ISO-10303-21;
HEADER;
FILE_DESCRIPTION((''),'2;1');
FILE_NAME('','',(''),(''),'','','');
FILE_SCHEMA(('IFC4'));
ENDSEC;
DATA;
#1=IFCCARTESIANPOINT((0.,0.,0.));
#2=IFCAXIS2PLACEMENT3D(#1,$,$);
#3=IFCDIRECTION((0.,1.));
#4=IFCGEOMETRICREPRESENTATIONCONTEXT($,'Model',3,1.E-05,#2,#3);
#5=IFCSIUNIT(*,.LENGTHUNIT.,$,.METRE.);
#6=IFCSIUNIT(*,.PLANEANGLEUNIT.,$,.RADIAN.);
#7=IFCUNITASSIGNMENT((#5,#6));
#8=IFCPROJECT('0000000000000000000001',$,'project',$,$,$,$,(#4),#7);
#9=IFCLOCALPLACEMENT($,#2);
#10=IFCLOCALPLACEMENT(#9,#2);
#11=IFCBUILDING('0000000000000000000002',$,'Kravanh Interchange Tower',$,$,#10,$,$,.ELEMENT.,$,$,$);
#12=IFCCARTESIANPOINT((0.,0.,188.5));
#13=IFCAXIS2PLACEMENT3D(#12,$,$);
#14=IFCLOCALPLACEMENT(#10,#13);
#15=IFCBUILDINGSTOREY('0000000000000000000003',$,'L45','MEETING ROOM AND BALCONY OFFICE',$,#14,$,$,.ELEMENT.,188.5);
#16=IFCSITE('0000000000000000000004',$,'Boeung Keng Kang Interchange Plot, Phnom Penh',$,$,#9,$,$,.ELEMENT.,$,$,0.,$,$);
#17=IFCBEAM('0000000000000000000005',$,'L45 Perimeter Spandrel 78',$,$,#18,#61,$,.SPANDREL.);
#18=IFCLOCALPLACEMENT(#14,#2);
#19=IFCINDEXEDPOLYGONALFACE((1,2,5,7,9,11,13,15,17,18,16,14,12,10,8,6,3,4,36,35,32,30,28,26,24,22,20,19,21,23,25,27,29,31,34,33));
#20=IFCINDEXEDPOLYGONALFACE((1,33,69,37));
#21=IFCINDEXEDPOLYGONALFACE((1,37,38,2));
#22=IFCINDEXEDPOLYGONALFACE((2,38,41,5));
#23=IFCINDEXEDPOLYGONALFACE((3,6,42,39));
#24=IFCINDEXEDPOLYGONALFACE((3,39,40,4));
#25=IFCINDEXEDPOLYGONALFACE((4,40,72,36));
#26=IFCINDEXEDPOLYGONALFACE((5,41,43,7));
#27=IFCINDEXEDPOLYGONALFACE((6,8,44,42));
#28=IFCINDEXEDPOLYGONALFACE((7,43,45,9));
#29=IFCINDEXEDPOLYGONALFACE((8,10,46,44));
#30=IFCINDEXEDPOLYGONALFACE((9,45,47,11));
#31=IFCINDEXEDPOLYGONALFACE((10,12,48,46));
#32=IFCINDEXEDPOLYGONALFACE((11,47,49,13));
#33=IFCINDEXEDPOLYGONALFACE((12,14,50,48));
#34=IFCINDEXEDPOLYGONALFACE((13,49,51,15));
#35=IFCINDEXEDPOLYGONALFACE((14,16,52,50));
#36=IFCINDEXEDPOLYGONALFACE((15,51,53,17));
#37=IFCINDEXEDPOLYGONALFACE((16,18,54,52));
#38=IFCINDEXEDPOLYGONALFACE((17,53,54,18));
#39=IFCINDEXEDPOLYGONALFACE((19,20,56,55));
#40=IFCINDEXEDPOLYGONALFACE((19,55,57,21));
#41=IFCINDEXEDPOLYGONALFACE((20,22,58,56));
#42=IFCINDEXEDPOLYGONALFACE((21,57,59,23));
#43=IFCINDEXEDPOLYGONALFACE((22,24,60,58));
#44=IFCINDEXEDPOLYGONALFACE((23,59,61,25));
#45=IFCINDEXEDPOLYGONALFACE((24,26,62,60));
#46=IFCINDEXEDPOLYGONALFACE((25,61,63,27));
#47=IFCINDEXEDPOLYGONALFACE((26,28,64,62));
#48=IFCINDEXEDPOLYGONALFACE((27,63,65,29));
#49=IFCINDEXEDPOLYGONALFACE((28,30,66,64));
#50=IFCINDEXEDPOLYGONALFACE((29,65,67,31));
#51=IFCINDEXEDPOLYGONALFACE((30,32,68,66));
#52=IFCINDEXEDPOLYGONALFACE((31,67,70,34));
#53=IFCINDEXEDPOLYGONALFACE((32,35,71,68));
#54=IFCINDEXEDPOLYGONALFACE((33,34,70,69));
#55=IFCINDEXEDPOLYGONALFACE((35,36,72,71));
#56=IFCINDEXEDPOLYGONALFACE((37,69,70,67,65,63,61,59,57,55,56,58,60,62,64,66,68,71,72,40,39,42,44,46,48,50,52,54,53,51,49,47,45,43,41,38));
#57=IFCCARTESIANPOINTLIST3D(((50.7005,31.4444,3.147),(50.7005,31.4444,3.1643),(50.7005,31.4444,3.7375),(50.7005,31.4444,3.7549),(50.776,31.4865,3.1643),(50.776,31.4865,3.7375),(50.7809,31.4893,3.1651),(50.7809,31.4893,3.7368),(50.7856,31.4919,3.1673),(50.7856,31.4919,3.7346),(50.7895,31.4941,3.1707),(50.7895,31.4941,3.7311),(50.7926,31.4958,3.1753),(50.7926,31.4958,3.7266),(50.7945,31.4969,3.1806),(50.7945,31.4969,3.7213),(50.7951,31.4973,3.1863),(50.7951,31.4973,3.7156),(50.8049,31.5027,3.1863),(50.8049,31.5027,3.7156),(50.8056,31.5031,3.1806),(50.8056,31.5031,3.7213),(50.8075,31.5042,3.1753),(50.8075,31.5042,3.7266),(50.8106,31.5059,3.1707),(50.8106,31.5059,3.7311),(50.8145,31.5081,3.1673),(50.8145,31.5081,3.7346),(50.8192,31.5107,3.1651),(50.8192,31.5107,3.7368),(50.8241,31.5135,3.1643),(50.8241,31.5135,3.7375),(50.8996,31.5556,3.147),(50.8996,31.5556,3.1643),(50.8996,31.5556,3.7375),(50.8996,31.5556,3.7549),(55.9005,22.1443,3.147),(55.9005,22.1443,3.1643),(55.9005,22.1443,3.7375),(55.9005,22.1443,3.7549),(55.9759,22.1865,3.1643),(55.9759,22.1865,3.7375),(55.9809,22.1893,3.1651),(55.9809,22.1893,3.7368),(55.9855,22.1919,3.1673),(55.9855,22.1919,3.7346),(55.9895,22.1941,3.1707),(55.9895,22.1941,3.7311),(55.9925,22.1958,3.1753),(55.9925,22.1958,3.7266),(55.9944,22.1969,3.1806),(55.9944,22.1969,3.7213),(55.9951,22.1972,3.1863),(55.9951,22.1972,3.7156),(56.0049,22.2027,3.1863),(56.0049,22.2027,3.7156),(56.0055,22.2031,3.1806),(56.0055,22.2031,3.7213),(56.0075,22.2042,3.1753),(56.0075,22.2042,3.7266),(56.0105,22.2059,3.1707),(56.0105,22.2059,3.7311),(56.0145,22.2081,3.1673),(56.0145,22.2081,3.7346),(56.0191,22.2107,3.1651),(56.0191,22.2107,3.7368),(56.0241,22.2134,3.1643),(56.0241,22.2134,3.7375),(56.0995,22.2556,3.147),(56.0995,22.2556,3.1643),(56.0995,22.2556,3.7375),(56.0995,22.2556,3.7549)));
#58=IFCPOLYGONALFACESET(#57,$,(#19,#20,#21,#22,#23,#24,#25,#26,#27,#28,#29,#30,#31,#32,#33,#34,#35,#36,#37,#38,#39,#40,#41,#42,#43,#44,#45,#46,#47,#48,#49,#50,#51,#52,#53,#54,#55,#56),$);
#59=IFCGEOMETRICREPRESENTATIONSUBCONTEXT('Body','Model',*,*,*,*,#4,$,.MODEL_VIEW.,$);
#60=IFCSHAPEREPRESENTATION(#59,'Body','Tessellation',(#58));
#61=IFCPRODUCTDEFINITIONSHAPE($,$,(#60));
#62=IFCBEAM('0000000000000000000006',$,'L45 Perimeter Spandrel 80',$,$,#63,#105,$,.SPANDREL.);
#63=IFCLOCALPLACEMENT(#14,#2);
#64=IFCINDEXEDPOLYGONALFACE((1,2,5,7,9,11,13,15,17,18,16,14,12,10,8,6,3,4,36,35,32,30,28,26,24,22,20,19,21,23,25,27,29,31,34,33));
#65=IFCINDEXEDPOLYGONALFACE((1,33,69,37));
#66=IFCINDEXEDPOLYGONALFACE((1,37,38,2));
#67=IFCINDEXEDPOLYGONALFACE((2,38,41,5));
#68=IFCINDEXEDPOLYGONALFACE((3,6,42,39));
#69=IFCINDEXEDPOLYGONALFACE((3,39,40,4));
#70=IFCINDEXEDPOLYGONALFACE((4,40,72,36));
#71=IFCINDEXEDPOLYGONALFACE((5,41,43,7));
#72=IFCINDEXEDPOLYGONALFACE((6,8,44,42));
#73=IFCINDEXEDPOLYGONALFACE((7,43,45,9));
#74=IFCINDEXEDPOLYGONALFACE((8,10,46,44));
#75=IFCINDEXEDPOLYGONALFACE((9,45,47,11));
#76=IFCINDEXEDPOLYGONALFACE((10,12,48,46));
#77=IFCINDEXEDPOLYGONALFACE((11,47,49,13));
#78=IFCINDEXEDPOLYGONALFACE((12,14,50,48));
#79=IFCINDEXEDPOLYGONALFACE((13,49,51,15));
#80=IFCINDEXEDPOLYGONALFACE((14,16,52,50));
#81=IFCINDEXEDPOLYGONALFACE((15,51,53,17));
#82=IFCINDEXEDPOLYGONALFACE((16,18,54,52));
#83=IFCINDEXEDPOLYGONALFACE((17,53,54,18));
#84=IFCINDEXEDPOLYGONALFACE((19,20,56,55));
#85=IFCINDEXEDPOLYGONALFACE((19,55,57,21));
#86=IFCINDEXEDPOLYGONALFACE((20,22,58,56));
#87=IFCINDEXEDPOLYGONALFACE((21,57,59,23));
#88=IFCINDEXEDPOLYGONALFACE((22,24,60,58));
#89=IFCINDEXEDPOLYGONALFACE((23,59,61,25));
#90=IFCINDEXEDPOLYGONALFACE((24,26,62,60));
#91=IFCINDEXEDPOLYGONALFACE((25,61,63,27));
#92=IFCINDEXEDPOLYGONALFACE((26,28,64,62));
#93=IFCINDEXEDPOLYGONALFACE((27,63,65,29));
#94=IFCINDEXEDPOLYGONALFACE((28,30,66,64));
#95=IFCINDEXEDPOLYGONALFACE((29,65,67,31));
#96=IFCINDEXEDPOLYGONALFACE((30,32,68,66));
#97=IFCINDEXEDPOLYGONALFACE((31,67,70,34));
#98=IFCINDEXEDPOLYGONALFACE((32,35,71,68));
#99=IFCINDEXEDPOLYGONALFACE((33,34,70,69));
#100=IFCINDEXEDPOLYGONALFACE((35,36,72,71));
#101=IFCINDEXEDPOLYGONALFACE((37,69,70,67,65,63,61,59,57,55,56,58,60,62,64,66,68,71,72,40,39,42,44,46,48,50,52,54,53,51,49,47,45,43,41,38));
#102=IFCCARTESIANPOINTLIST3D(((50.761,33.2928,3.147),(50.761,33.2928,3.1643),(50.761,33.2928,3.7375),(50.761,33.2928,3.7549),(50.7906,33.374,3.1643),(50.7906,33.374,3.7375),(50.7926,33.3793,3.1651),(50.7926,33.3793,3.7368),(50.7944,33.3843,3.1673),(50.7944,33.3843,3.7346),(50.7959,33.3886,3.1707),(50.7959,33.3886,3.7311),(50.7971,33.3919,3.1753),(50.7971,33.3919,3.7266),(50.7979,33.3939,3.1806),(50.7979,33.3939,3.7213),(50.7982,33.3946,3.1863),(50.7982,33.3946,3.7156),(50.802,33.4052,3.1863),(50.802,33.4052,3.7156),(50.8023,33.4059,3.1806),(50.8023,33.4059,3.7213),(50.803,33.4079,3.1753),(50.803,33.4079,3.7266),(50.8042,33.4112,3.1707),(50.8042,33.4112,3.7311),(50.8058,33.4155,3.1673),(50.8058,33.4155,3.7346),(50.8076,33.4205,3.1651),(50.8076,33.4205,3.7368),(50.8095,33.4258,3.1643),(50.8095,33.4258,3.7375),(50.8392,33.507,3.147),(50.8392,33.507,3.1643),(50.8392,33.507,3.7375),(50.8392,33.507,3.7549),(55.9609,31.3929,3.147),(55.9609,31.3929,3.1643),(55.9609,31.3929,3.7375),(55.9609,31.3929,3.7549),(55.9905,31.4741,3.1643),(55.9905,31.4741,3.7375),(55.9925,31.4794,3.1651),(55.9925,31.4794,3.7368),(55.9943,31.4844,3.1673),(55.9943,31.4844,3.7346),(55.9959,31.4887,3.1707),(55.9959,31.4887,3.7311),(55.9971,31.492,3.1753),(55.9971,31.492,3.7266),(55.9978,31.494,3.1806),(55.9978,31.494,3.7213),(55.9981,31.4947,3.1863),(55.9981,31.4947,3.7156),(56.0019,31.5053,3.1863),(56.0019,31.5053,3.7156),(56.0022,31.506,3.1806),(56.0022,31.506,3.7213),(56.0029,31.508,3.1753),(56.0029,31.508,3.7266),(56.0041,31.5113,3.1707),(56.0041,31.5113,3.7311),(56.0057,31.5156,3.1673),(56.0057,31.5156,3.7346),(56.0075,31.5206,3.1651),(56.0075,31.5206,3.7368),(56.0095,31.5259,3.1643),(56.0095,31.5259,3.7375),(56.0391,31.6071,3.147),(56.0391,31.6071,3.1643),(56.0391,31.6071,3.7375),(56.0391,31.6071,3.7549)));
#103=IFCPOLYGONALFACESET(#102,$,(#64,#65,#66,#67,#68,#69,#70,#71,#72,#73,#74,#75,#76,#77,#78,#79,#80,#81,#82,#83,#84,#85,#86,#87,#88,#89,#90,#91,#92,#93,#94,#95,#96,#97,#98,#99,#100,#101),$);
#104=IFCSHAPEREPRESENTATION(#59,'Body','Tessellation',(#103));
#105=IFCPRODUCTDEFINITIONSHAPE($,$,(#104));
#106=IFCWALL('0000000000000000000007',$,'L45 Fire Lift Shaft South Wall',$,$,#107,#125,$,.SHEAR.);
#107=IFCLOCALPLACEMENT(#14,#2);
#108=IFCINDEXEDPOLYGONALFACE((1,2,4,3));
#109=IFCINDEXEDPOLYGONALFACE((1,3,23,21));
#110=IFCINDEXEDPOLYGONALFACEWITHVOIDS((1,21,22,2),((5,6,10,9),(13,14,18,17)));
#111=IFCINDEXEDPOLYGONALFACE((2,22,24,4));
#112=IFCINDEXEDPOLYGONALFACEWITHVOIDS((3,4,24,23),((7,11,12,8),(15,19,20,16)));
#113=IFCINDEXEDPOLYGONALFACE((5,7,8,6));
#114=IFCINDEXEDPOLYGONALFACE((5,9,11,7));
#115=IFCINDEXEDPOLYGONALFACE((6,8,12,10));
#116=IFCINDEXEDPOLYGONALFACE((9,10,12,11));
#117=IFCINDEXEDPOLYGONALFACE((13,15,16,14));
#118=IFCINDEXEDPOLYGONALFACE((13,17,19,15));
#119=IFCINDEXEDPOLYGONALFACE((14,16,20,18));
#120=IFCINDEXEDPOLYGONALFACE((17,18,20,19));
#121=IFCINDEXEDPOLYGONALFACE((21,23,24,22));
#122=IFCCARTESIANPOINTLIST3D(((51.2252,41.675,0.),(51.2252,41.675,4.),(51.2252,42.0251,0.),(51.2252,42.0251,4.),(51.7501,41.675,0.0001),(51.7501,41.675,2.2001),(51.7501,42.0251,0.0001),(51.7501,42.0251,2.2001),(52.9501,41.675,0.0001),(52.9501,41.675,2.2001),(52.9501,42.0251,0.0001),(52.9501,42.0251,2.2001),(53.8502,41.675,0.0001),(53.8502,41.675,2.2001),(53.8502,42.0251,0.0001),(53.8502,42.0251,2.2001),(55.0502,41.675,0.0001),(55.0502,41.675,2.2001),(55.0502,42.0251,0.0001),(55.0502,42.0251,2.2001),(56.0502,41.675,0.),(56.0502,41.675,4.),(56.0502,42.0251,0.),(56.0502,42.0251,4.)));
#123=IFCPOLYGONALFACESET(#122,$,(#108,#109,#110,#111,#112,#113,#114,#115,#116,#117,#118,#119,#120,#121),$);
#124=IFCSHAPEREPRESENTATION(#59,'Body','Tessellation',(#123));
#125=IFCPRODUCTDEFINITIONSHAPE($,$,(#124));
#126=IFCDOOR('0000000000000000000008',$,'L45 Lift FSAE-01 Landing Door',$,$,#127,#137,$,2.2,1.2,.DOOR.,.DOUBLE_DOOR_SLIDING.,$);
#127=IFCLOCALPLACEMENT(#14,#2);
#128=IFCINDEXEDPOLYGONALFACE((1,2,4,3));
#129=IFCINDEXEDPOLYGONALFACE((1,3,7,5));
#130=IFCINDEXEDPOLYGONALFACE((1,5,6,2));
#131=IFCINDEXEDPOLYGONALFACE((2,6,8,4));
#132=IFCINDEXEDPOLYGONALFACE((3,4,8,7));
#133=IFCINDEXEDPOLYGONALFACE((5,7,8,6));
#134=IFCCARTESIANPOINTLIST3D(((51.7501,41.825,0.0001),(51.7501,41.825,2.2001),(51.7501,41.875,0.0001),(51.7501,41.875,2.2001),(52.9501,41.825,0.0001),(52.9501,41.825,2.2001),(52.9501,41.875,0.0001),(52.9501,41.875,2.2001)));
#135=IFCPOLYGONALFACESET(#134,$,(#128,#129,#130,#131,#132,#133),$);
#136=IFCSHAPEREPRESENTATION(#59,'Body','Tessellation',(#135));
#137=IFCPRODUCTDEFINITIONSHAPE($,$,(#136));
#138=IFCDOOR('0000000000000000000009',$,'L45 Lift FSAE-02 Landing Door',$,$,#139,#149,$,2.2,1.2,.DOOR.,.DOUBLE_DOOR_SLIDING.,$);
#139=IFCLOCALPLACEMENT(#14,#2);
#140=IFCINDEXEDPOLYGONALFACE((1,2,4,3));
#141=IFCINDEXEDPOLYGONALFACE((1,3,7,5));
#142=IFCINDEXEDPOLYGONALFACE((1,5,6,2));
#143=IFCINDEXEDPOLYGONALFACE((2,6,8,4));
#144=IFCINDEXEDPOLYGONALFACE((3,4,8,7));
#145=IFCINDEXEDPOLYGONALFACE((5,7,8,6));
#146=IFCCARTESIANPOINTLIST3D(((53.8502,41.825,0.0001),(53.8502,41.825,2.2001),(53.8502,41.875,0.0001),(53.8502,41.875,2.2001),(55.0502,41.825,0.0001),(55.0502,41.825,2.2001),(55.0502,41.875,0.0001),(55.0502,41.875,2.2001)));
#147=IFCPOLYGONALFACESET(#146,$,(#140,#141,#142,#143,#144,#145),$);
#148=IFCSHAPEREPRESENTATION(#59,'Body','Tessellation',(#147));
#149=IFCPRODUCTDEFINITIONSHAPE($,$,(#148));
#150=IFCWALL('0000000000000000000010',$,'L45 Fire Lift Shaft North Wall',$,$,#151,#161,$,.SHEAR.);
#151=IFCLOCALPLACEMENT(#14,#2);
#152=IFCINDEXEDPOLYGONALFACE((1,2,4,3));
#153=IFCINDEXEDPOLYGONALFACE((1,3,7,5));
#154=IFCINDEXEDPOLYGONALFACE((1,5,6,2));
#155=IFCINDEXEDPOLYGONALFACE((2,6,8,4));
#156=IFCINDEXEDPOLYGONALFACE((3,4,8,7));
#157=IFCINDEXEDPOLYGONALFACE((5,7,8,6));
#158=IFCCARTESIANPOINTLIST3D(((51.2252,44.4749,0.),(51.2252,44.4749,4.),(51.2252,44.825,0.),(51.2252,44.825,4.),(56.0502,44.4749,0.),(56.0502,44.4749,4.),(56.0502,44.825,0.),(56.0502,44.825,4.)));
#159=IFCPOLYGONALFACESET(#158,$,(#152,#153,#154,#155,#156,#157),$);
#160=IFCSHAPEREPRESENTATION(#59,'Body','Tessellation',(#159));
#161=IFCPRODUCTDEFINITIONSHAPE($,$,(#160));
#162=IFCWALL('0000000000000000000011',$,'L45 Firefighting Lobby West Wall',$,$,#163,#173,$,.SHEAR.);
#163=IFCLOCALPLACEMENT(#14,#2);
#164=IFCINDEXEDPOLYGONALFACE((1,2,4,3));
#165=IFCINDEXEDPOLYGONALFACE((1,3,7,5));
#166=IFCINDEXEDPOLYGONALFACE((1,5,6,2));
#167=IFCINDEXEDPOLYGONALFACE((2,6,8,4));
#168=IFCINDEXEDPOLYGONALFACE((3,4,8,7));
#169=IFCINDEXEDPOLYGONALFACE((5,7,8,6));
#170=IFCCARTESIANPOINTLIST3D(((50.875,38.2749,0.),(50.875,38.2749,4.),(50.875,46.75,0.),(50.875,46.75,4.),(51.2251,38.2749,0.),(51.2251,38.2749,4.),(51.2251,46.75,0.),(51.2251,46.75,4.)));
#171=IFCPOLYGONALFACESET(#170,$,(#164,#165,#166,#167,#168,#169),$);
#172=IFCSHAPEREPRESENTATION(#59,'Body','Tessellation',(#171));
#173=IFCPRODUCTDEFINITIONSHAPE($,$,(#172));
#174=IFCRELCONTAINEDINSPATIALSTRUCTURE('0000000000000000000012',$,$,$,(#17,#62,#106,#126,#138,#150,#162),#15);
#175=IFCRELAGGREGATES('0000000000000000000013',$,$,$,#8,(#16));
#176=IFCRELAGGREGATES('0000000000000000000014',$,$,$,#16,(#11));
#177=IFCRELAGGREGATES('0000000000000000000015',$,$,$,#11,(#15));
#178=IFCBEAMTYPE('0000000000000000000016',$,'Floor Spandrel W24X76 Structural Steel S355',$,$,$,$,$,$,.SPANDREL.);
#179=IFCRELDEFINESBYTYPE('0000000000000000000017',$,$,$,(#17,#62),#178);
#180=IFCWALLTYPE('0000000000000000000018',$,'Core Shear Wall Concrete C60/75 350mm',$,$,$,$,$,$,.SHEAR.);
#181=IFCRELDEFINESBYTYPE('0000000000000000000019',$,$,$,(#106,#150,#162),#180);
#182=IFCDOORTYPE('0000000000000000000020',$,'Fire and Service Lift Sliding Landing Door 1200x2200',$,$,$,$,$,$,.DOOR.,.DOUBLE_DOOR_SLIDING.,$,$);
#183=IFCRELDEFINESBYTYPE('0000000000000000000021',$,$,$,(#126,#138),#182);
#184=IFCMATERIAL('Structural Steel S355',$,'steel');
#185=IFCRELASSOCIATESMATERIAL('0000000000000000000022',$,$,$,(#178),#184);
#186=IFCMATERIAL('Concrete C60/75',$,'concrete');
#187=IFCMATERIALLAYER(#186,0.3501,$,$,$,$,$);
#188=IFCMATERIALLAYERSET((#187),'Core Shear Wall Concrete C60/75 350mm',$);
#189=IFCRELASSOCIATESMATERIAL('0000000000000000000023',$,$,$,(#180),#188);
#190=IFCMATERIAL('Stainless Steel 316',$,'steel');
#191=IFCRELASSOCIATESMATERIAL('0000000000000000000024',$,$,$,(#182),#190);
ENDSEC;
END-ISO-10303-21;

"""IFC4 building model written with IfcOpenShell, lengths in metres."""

from ifc_helpers import new_model, si_unit, direction, frame, frame_2d, origin, origin_2d, place, context, subcontext, project, spatial, rectangle, i_section, extrude, material, layer, layer_set, material_profile, profile_set, type_object, element, fill, save


model = new_model("IFC4")

# Units and contexts
model_context = context("Model", 3, precision=1e-05, world=origin(), true_north=direction((0.0, 1.0)))
body_context = subcontext(model_context, "Body", "Model", "MODEL_VIEW")
ifc_project = project(units=[si_unit("LENGTHUNIT", "METRE"), si_unit("PLANEANGLEUNIT", "RADIAN")], contexts=[model_context])

# Site, building, storey
site_placement = place(None, origin())
site = spatial("IfcSite", under=ifc_project, at=site_placement, Name="Boeung Keng Kang Interchange Plot, Phnom Penh", CompositionType="ELEMENT", RefElevation=0.0)
building_placement = place(site_placement, origin())
building = spatial("IfcBuilding", under=site, at=building_placement, Name="Kravanh Interchange Tower", CompositionType="ELEMENT")
storey_placement = place(building_placement, frame((0.0, 0.0, 188.5)))
storey = spatial("IfcBuildingStorey", under=building, at=storey_placement, Name="L45", Description="MEETING ROOM AND BALCONY OFFICE", CompositionType="ELEMENT", Elevation=188.5)

# Beams
ifc_material_1 = material(Name="Structural Steel S355", Category="steel")
ifc_material_profile_1 = material_profile(ifc_material_1, i_section(OverallWidth=0.228, OverallDepth=0.6079, WebThickness=0.0112, FlangeThickness=0.0173, FilletRadius=0.022, at=origin_2d()), Name="W24X76")
ifc_profile_set_1 = profile_set([ifc_material_profile_1], Name="Structural Steel S355")
beam_type_1 = type_object("IfcBeamType", Name="Floor Spandrel W24X76 Structural Steel S355", PredefinedType="SPANDREL", material=ifc_profile_set_1)
beam_1_placement = place(storey_placement, frame((50.8, 31.5, 3.4509), z_axis=(0.488026, -0.872829, 0.0), x_axis=(0.872829, 0.488026, 0.0)))
element("IfcBeam", 1, at=beam_1_placement, inside=storey, type_object=beam_type_1, Name="L45 Perimeter Spandrel 78", PredefinedType="SPANDREL", context=body_context, shape_type="SweptSolid", body=[
    extrude(i_section(OverallWidth=0.228, OverallDepth=0.6079, WebThickness=0.0112, FlangeThickness=0.0173, FilletRadius=0.022, at=origin_2d()), origin(), (0.0, 0.0, 1.0), 10.655),
])
beam_2_placement = place(storey_placement, frame((56.0, 31.5, 3.4509), z_axis=(-0.93927, 0.34318, 0.0), x_axis=(-0.34318, -0.93927, 0.0)))
element("IfcBeam", 2, at=beam_2_placement, inside=storey, type_object=beam_type_1, Name="L45 Perimeter Spandrel 80", PredefinedType="SPANDREL", context=body_context, shape_type="SweptSolid", body=[
    extrude(i_section(OverallWidth=0.228, OverallDepth=0.6079, WebThickness=0.0112, FlangeThickness=0.0173, FilletRadius=0.022, at=origin_2d()), origin(), (0.0, 0.0, 1.0), 5.5361),
])

# Wall, openings, doors
ifc_material_2 = material(Name="Concrete C60/75", Category="concrete")
ifc_layer_1 = layer(ifc_material_2, 0.3501)
ifc_layer_set_1 = layer_set([ifc_layer_1], Name="Core Shear Wall Concrete C60/75 350mm")
wall_type_1 = type_object("IfcWallType", Name="Core Shear Wall Concrete C60/75 350mm", PredefinedType="SHEAR", material=ifc_layer_set_1)
wall_1_placement = place(storey_placement, frame((51.2251, 41.8501, 0.0), z_axis=(0.0, 0.0, 1.0), x_axis=(1.0, 0.0, 0.0)))
wall_1 = element("IfcWall", 3, at=wall_1_placement, inside=storey, type_object=wall_type_1, Name="L45 Fire Lift Shaft South Wall", PredefinedType="SHEAR", context=body_context, shape_type="SweptSolid", body=[
    extrude(rectangle(XDim=4.825, YDim=0.3501, at=frame_2d((2.4126, 0.0))), origin(), (0.0, 0.0, 1.0), 4.0),
])
opening_1_placement = place(wall_1_placement, frame((0.5249, 0.0, 0.0)))
opening_1 = element("IfcOpeningElement", 4, at=opening_1_placement, cuts=wall_1, PredefinedType="OPENING", context=body_context, shape_type="SweptSolid", body=[
    extrude(rectangle(XDim=1.2, YDim=2.2, at=frame_2d((0.6001, 1.1001))), frame((0.0, 0.1851, 0.0), z_axis=(0.0, -1.0, 0.0), x_axis=(1.0, 0.0, 0.0)), (0.0, 0.0, 1.0), 0.3701),
])
opening_2_placement = place(wall_1_placement, frame((2.625, 0.0, 0.0)))
opening_2 = element("IfcOpeningElement", 5, at=opening_2_placement, cuts=wall_1, PredefinedType="OPENING", context=body_context, shape_type="SweptSolid", body=[
    extrude(rectangle(XDim=1.2, YDim=2.2, at=frame_2d((0.6001, 1.1001))), frame((0.0, 0.1851, 0.0), z_axis=(0.0, -1.0, 0.0), x_axis=(1.0, 0.0, 0.0)), (0.0, 0.0, 1.0), 0.3701),
])
ifc_material_3 = material(Name="Stainless Steel 316", Category="steel")
door_type_1 = type_object("IfcDoorType", Name="Fire and Service Lift Sliding Landing Door 1200x2200", OperationType="DOUBLE_DOOR_SLIDING", PredefinedType="DOOR", material=ifc_material_3)
door_1_placement = place(opening_1_placement, origin())
door_1 = element("IfcDoor", 6, at=door_1_placement, inside=storey, type_object=door_type_1, Name="L45 Lift FSAE-01 Landing Door", OperationType="DOUBLE_DOOR_SLIDING", OverallHeight=2.2, OverallWidth=1.2, PredefinedType="DOOR", context=body_context, shape_type="SweptSolid", body=[
    extrude(rectangle(XDim=1.2, YDim=2.2, at=frame_2d((0.6001, 1.1001))), frame((0.0, 0.0249, 0.0), z_axis=(0.0, -1.0, 0.0), x_axis=(1.0, 0.0, 0.0)), (0.0, 0.0, 1.0), 0.05),
])
fill(opening_1, door_1)
door_2_placement = place(opening_2_placement, origin())
door_2 = element("IfcDoor", 7, at=door_2_placement, inside=storey, type_object=door_type_1, Name="L45 Lift FSAE-02 Landing Door", OperationType="DOUBLE_DOOR_SLIDING", OverallHeight=2.2, OverallWidth=1.2, PredefinedType="DOOR", context=body_context, shape_type="SweptSolid", body=[
    extrude(rectangle(XDim=1.2, YDim=2.2, at=frame_2d((0.6001, 1.1001))), frame((0.0, 0.0249, 0.0), z_axis=(0.0, -1.0, 0.0), x_axis=(1.0, 0.0, 0.0)), (0.0, 0.0, 1.0), 0.05),
])
fill(opening_2, door_2)

# Walls
wall_2_placement = place(storey_placement, frame((51.2251, 44.6499, 0.0), z_axis=(0.0, 0.0, 1.0), x_axis=(1.0, 0.0, 0.0)))
element("IfcWall", 8, at=wall_2_placement, inside=storey, type_object=wall_type_1, Name="L45 Fire Lift Shaft North Wall", PredefinedType="SHEAR", context=body_context, shape_type="SweptSolid", body=[
    extrude(rectangle(XDim=4.825, YDim=0.3501, at=frame_2d((2.4126, 0.0))), origin(), (0.0, 0.0, 1.0), 4.0),
])
wall_3_placement = place(storey_placement, frame((51.05, 38.2749, 0.0), z_axis=(0.0, 0.0, 1.0), x_axis=(0.0, 1.0, 0.0)))
element("IfcWall", 9, at=wall_3_placement, inside=storey, type_object=wall_type_1, Name="L45 Firefighting Lobby West Wall", PredefinedType="SHEAR", context=body_context, shape_type="SweptSolid", body=[
    extrude(rectangle(XDim=8.4751, YDim=0.3501, at=frame_2d((4.2375, 0.0))), origin(), (0.0, 0.0, 1.0), 4.0),
])

save(model, "model.ifc")
